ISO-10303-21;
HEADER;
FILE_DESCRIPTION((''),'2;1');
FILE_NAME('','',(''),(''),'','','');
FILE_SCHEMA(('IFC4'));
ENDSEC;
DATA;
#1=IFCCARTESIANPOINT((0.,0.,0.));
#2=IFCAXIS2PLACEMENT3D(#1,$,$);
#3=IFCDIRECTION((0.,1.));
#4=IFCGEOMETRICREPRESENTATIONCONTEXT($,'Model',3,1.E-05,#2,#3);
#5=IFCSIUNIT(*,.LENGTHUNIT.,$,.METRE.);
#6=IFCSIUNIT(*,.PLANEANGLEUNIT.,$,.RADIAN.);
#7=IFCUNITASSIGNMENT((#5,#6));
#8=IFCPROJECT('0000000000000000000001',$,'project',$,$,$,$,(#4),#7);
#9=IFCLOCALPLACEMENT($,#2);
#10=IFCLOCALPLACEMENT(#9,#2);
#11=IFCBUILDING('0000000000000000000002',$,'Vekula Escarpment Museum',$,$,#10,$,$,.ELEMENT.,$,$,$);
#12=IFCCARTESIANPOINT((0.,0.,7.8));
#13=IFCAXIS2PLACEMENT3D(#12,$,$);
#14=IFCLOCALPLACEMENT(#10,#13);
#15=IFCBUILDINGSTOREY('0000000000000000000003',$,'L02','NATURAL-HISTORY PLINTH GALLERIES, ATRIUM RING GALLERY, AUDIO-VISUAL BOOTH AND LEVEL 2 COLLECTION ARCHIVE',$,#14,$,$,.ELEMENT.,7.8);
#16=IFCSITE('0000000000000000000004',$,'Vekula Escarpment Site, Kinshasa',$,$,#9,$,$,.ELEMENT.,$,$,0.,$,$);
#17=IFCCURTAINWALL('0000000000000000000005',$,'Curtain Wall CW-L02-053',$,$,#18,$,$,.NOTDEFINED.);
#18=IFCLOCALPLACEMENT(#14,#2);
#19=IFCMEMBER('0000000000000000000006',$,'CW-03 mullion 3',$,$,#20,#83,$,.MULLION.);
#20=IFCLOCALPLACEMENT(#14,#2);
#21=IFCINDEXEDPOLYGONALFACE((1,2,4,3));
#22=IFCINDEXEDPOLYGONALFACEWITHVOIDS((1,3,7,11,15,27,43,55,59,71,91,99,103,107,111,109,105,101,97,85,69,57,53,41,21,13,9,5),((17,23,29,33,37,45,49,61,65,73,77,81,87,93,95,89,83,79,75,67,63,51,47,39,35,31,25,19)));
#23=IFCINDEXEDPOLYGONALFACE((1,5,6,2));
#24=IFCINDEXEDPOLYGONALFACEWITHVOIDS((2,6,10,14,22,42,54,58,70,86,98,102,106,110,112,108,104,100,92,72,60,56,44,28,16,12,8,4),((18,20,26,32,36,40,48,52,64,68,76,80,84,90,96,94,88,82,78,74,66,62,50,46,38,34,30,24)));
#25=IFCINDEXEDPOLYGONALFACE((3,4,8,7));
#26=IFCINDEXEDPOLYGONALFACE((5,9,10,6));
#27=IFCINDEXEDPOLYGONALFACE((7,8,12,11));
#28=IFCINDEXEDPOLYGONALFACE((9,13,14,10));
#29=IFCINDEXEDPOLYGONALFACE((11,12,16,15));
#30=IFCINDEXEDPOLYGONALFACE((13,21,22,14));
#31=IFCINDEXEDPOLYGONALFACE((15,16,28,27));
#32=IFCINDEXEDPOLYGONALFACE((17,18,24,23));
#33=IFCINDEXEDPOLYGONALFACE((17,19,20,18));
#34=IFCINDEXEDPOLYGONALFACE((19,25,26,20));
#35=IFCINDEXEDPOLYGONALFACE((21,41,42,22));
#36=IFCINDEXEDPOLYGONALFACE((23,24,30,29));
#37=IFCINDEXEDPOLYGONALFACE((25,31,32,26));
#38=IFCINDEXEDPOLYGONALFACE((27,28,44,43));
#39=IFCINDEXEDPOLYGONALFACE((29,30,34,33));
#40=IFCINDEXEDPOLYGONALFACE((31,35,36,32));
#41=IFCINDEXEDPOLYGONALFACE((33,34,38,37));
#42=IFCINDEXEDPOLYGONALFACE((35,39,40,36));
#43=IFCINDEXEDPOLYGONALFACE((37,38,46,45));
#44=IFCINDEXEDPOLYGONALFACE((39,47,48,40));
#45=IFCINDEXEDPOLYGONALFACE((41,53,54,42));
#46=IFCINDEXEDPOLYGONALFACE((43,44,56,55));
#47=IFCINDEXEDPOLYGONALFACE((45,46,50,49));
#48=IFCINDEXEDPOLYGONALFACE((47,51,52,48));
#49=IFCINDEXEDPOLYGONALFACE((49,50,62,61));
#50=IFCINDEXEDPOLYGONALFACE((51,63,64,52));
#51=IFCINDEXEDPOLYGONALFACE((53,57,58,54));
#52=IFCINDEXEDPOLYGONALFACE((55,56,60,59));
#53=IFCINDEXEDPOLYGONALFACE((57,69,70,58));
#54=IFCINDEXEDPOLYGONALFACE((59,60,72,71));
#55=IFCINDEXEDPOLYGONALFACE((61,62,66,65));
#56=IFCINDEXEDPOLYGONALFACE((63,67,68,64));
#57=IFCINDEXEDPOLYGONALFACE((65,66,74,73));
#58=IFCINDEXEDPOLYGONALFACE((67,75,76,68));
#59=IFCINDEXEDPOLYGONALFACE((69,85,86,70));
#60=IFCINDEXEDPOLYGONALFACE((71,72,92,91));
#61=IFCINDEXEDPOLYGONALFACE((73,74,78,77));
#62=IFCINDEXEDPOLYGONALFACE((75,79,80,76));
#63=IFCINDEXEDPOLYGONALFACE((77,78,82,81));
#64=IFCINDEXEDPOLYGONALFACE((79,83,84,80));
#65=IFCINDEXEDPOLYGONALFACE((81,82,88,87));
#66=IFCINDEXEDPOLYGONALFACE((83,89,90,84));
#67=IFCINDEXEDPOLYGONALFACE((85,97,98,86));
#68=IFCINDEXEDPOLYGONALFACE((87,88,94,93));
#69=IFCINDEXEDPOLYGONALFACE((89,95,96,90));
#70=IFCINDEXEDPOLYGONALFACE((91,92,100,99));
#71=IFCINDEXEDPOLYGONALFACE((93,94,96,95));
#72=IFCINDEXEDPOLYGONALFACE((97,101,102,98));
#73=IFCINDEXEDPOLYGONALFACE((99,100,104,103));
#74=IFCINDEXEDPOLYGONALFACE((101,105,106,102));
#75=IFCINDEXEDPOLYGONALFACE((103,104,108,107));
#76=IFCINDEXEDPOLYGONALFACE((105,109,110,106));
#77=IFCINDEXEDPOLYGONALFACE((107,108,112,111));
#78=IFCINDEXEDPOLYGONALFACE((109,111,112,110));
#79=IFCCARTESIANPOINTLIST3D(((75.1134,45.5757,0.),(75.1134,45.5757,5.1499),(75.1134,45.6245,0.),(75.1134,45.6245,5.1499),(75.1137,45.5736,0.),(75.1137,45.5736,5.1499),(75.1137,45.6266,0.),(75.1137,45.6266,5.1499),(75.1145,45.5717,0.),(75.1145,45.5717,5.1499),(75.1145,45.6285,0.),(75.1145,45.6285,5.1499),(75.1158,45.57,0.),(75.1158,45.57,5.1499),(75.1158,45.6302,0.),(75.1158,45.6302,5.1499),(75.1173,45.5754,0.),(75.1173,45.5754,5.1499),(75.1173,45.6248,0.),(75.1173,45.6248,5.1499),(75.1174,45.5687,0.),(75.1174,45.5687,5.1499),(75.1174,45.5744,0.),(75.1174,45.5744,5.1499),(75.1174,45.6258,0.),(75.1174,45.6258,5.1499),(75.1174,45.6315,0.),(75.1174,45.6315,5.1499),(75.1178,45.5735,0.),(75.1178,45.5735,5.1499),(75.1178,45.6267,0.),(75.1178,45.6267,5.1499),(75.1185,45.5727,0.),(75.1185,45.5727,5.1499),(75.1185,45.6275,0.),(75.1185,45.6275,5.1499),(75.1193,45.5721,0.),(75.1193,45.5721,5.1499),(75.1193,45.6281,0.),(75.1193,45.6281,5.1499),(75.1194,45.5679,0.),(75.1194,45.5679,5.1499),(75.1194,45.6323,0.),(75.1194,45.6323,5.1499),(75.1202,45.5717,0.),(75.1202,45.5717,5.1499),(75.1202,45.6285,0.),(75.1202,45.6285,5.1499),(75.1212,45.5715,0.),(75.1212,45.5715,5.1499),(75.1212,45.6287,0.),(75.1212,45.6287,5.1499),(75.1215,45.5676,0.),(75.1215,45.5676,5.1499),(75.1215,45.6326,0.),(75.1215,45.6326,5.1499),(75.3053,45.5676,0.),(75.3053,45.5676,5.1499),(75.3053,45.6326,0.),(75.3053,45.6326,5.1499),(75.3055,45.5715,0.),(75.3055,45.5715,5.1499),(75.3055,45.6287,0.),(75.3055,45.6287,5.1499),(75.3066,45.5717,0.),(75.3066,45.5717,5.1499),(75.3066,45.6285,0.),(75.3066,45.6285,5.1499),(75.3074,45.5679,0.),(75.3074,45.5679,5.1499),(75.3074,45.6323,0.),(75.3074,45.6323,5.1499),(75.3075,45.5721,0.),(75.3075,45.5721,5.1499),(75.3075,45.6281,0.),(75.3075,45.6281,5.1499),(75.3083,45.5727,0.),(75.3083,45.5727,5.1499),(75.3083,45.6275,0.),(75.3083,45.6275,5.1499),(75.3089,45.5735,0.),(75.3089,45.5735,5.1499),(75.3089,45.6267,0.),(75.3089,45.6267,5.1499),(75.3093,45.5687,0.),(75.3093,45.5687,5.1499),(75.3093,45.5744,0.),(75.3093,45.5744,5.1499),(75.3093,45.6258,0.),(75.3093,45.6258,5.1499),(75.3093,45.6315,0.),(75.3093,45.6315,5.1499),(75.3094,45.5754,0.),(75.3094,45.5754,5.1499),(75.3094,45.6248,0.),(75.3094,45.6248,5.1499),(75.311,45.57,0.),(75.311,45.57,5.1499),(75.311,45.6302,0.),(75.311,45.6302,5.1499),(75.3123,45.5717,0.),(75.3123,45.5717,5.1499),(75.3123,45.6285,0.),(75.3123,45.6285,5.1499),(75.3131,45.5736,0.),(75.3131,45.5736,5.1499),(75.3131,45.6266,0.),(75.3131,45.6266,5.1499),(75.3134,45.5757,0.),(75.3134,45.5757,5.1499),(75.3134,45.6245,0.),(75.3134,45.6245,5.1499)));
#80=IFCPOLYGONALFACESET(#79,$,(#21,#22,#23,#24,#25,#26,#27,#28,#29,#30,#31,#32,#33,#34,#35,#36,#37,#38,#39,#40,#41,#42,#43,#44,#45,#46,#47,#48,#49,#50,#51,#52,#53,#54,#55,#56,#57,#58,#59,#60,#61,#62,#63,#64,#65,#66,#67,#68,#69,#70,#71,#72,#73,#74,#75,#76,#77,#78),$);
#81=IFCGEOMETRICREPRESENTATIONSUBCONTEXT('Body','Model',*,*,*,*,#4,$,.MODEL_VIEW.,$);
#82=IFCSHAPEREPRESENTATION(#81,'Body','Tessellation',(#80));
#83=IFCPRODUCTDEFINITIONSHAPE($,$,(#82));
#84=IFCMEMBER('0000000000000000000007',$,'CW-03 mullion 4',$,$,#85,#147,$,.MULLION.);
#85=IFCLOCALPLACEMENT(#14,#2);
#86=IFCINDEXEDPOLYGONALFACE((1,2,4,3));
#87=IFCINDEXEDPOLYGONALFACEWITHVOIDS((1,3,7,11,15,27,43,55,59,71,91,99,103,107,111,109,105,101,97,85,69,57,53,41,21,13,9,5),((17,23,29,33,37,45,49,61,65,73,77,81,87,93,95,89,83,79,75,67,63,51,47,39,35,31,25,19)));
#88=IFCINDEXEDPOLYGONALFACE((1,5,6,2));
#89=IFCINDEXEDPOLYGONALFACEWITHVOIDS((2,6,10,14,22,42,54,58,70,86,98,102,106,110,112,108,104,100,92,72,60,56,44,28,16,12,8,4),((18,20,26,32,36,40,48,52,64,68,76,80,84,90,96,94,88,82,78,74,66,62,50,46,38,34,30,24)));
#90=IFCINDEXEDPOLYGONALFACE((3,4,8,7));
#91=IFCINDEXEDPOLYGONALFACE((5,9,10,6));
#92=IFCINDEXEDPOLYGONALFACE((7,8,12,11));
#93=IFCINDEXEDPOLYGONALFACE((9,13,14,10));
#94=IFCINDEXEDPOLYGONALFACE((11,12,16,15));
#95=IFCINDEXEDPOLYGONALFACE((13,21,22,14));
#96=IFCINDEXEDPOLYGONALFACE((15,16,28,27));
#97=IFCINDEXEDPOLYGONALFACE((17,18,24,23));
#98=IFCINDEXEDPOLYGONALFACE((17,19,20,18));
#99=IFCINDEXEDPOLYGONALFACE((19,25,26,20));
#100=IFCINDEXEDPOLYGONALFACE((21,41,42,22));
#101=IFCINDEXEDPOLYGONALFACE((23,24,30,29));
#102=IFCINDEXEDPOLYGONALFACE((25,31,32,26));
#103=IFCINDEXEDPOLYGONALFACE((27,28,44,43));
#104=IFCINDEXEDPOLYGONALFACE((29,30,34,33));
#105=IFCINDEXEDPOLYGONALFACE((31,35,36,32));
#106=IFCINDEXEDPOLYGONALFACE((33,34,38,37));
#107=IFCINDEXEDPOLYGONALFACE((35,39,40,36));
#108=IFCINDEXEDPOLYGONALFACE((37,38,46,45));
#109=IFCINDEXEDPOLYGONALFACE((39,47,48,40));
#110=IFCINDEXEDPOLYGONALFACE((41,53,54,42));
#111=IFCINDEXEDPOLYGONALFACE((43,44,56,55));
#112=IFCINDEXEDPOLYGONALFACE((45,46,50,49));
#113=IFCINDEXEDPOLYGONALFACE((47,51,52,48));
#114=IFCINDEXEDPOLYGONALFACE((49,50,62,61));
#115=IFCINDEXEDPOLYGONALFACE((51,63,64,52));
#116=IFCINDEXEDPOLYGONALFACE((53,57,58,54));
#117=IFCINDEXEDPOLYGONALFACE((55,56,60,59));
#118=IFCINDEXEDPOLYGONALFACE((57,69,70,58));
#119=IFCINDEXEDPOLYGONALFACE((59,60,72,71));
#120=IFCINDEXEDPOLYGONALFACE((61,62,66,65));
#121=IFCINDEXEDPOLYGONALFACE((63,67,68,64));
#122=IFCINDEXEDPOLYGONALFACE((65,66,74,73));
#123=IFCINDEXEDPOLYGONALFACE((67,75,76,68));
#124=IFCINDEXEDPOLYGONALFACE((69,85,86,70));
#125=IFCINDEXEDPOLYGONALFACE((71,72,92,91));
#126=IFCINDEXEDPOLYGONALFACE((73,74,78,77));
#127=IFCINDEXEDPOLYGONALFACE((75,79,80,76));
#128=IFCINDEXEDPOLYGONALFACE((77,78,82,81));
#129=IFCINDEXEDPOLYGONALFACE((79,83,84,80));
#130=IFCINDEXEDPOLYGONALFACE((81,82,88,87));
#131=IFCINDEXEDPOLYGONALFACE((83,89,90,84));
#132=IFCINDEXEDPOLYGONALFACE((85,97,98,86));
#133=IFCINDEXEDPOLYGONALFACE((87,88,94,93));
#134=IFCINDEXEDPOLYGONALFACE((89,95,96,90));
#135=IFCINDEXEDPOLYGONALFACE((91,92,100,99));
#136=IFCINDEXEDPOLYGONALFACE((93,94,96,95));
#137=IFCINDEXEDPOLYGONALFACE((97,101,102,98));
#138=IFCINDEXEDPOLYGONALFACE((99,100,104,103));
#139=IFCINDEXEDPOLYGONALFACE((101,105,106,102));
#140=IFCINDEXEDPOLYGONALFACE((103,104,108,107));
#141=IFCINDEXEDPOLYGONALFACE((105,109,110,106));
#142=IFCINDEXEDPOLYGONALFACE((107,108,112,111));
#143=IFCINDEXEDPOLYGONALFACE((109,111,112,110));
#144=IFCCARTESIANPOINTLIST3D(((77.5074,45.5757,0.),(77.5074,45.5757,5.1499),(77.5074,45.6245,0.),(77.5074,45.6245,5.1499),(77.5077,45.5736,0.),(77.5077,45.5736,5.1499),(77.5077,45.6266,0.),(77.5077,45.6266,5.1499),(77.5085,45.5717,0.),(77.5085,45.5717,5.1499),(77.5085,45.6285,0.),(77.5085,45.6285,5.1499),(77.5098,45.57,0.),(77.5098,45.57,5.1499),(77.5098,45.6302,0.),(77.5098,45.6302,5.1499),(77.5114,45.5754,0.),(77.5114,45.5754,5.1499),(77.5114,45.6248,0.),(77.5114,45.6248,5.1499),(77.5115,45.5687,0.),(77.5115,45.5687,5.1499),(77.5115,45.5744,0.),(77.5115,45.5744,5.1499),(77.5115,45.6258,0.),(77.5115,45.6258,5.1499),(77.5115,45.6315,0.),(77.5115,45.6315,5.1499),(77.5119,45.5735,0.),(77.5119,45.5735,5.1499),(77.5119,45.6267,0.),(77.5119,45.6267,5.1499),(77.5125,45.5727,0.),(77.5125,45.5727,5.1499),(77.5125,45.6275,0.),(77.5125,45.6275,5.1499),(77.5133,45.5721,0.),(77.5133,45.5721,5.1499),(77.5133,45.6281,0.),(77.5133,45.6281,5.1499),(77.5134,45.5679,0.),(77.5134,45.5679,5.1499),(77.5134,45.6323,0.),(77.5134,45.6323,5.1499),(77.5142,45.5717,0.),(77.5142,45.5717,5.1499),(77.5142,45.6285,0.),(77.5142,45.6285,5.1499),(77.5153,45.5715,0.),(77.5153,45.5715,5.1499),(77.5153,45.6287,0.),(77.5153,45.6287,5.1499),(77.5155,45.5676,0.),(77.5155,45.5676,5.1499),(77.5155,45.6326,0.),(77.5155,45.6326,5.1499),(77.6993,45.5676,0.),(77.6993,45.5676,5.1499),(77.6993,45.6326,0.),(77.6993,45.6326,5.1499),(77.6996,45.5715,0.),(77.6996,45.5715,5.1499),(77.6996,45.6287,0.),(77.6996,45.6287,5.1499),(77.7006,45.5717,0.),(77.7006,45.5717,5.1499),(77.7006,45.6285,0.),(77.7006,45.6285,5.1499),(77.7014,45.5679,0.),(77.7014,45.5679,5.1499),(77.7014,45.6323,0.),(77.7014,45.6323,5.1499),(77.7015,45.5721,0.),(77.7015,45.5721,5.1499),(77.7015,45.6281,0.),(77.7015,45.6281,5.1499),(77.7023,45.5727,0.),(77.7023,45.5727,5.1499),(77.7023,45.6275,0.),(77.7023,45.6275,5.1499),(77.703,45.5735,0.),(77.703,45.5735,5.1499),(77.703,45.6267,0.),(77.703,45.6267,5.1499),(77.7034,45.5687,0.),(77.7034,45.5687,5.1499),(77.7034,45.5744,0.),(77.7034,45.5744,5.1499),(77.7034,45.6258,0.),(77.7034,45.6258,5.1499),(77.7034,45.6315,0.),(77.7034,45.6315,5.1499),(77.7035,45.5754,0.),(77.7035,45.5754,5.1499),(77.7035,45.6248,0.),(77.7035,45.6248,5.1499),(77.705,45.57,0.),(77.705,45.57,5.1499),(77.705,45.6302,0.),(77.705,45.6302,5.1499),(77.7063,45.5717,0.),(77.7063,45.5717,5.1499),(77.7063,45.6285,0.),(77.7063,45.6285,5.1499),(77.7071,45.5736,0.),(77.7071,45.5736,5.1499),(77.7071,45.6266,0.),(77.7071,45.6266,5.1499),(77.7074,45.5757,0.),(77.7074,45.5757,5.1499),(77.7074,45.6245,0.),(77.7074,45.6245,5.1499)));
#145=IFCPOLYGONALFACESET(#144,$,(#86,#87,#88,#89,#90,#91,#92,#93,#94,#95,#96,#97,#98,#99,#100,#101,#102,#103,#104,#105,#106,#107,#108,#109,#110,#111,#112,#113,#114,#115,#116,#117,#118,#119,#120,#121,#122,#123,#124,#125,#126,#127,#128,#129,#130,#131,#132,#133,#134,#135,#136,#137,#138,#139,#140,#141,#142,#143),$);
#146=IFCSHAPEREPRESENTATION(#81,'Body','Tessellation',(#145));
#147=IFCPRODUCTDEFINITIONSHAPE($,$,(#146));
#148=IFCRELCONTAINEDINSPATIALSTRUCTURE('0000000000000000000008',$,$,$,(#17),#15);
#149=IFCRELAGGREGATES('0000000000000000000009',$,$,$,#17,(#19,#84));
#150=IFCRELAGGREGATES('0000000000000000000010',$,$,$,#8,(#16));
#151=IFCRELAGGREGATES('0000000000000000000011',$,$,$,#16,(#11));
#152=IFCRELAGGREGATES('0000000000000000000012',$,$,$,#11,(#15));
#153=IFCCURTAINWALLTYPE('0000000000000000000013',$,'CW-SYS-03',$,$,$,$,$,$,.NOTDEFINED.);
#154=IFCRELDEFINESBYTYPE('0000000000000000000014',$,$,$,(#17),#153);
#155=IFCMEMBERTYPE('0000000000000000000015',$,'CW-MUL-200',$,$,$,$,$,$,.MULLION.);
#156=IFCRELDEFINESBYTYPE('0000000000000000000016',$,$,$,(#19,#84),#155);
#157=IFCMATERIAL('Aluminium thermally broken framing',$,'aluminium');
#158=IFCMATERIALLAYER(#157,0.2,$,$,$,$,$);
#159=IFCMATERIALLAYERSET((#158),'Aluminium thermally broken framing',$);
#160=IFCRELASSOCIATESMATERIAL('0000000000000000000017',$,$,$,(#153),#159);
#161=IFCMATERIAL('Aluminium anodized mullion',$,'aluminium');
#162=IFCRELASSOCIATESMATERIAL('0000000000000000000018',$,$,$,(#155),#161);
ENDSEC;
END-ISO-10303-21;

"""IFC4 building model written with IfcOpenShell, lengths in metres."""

from ifc_helpers import new_model, si_unit, direction, frame, origin, origin_2d, place, context, subcontext, project, spatial, hollow_rectangle, extrude, material, layer, layer_set, material_profile, profile_set, type_object, element, aggregate, save


model = new_model("IFC4")

# Units and contexts
model_context = context("Model", 3, precision=1e-05, world=origin(), true_north=direction((0.0, 1.0)))
body_context = subcontext(model_context, "Body", "Model", "MODEL_VIEW")
ifc_project = project(units=[si_unit("LENGTHUNIT", "METRE"), si_unit("PLANEANGLEUNIT", "RADIAN")], contexts=[model_context])

# Site, building, storey
site_placement = place(None, origin())
site = spatial("IfcSite", under=ifc_project, at=site_placement, Name="Vekula Escarpment Site, Kinshasa", CompositionType="ELEMENT", RefElevation=0.0)
building_placement = place(site_placement, origin())
building = spatial("IfcBuilding", under=site, at=building_placement, Name="Vekula Escarpment Museum", CompositionType="ELEMENT")
storey_placement = place(building_placement, frame((0.0, 0.0, 7.8)))
storey = spatial("IfcBuildingStorey", under=building, at=storey_placement, Name="L02", Description="NATURAL-HISTORY PLINTH GALLERIES, ATRIUM RING GALLERY, AUDIO-VISUAL BOOTH AND LEVEL 2 COLLECTION ARCHIVE", CompositionType="ELEMENT", Elevation=7.8)

# Curtain wall, members
ifc_material_1 = material(Name="Aluminium thermally broken framing", Category="aluminium")
ifc_layer_1 = layer(ifc_material_1, 0.2)
ifc_layer_set_1 = layer_set([ifc_layer_1], Name="Aluminium thermally broken framing")
curtain_wall_type_1 = type_object("IfcCurtainWallType", Name="CW-SYS-03", PredefinedType="NOTDEFINED", material=ifc_layer_set_1)
curtain_wall_1_placement = place(storey_placement, origin())
curtain_wall_1 = element("IfcCurtainWall", 1, at=curtain_wall_1_placement, inside=storey, type_object=curtain_wall_type_1, Name="Curtain Wall CW-L02-053", PredefinedType="NOTDEFINED")
ifc_material_2 = material(Name="Aluminium anodized mullion", Category="aluminium")
ifc_material_profile_1 = material_profile(ifc_material_2, hollow_rectangle(XDim=0.0649, YDim=0.2, WallThickness=0.0039, InnerFilletRadius=0.0039, OuterFilletRadius=0.0081, at=origin_2d()), Name="ALU 200x65x4")
ifc_profile_set_1 = profile_set([ifc_material_profile_1], Name="Aluminium anodized mullion")
member_type_1 = type_object("IfcMemberType", Name="CW-MUL-200", PredefinedType="MULLION", material=ifc_profile_set_1)
member_1_placement = place(storey_placement, frame((75.2134, 45.6001, 0.0), z_axis=(0.0, 0.0, 1.0), x_axis=(0.0, 1.0, 0.0)))
member_1 = element("IfcMember", 2, at=member_1_placement, type_object=member_type_1, Name="CW-03 mullion 3", PredefinedType="MULLION", context=body_context, shape_type="SweptSolid", body=[
    extrude(hollow_rectangle(XDim=0.0649, YDim=0.2, WallThickness=0.0039, InnerFilletRadius=0.0039, OuterFilletRadius=0.0081, at=origin_2d()), origin(), (0.0, 0.0, 1.0), 5.1499),
])
member_2_placement = place(storey_placement, frame((77.6074, 45.6001, 0.0), z_axis=(0.0, 0.0, 1.0), x_axis=(0.0, 1.0, 0.0)))
member_2 = element("IfcMember", 3, at=member_2_placement, type_object=member_type_1, Name="CW-03 mullion 4", PredefinedType="MULLION", context=body_context, shape_type="SweptSolid", body=[
    extrude(hollow_rectangle(XDim=0.0649, YDim=0.2, WallThickness=0.0039, InnerFilletRadius=0.0039, OuterFilletRadius=0.0081, at=origin_2d()), origin(), (0.0, 0.0, 1.0), 5.1499),
])

aggregate(curtain_wall_1, [member_1, member_2])

save(model, "model.ifc")
